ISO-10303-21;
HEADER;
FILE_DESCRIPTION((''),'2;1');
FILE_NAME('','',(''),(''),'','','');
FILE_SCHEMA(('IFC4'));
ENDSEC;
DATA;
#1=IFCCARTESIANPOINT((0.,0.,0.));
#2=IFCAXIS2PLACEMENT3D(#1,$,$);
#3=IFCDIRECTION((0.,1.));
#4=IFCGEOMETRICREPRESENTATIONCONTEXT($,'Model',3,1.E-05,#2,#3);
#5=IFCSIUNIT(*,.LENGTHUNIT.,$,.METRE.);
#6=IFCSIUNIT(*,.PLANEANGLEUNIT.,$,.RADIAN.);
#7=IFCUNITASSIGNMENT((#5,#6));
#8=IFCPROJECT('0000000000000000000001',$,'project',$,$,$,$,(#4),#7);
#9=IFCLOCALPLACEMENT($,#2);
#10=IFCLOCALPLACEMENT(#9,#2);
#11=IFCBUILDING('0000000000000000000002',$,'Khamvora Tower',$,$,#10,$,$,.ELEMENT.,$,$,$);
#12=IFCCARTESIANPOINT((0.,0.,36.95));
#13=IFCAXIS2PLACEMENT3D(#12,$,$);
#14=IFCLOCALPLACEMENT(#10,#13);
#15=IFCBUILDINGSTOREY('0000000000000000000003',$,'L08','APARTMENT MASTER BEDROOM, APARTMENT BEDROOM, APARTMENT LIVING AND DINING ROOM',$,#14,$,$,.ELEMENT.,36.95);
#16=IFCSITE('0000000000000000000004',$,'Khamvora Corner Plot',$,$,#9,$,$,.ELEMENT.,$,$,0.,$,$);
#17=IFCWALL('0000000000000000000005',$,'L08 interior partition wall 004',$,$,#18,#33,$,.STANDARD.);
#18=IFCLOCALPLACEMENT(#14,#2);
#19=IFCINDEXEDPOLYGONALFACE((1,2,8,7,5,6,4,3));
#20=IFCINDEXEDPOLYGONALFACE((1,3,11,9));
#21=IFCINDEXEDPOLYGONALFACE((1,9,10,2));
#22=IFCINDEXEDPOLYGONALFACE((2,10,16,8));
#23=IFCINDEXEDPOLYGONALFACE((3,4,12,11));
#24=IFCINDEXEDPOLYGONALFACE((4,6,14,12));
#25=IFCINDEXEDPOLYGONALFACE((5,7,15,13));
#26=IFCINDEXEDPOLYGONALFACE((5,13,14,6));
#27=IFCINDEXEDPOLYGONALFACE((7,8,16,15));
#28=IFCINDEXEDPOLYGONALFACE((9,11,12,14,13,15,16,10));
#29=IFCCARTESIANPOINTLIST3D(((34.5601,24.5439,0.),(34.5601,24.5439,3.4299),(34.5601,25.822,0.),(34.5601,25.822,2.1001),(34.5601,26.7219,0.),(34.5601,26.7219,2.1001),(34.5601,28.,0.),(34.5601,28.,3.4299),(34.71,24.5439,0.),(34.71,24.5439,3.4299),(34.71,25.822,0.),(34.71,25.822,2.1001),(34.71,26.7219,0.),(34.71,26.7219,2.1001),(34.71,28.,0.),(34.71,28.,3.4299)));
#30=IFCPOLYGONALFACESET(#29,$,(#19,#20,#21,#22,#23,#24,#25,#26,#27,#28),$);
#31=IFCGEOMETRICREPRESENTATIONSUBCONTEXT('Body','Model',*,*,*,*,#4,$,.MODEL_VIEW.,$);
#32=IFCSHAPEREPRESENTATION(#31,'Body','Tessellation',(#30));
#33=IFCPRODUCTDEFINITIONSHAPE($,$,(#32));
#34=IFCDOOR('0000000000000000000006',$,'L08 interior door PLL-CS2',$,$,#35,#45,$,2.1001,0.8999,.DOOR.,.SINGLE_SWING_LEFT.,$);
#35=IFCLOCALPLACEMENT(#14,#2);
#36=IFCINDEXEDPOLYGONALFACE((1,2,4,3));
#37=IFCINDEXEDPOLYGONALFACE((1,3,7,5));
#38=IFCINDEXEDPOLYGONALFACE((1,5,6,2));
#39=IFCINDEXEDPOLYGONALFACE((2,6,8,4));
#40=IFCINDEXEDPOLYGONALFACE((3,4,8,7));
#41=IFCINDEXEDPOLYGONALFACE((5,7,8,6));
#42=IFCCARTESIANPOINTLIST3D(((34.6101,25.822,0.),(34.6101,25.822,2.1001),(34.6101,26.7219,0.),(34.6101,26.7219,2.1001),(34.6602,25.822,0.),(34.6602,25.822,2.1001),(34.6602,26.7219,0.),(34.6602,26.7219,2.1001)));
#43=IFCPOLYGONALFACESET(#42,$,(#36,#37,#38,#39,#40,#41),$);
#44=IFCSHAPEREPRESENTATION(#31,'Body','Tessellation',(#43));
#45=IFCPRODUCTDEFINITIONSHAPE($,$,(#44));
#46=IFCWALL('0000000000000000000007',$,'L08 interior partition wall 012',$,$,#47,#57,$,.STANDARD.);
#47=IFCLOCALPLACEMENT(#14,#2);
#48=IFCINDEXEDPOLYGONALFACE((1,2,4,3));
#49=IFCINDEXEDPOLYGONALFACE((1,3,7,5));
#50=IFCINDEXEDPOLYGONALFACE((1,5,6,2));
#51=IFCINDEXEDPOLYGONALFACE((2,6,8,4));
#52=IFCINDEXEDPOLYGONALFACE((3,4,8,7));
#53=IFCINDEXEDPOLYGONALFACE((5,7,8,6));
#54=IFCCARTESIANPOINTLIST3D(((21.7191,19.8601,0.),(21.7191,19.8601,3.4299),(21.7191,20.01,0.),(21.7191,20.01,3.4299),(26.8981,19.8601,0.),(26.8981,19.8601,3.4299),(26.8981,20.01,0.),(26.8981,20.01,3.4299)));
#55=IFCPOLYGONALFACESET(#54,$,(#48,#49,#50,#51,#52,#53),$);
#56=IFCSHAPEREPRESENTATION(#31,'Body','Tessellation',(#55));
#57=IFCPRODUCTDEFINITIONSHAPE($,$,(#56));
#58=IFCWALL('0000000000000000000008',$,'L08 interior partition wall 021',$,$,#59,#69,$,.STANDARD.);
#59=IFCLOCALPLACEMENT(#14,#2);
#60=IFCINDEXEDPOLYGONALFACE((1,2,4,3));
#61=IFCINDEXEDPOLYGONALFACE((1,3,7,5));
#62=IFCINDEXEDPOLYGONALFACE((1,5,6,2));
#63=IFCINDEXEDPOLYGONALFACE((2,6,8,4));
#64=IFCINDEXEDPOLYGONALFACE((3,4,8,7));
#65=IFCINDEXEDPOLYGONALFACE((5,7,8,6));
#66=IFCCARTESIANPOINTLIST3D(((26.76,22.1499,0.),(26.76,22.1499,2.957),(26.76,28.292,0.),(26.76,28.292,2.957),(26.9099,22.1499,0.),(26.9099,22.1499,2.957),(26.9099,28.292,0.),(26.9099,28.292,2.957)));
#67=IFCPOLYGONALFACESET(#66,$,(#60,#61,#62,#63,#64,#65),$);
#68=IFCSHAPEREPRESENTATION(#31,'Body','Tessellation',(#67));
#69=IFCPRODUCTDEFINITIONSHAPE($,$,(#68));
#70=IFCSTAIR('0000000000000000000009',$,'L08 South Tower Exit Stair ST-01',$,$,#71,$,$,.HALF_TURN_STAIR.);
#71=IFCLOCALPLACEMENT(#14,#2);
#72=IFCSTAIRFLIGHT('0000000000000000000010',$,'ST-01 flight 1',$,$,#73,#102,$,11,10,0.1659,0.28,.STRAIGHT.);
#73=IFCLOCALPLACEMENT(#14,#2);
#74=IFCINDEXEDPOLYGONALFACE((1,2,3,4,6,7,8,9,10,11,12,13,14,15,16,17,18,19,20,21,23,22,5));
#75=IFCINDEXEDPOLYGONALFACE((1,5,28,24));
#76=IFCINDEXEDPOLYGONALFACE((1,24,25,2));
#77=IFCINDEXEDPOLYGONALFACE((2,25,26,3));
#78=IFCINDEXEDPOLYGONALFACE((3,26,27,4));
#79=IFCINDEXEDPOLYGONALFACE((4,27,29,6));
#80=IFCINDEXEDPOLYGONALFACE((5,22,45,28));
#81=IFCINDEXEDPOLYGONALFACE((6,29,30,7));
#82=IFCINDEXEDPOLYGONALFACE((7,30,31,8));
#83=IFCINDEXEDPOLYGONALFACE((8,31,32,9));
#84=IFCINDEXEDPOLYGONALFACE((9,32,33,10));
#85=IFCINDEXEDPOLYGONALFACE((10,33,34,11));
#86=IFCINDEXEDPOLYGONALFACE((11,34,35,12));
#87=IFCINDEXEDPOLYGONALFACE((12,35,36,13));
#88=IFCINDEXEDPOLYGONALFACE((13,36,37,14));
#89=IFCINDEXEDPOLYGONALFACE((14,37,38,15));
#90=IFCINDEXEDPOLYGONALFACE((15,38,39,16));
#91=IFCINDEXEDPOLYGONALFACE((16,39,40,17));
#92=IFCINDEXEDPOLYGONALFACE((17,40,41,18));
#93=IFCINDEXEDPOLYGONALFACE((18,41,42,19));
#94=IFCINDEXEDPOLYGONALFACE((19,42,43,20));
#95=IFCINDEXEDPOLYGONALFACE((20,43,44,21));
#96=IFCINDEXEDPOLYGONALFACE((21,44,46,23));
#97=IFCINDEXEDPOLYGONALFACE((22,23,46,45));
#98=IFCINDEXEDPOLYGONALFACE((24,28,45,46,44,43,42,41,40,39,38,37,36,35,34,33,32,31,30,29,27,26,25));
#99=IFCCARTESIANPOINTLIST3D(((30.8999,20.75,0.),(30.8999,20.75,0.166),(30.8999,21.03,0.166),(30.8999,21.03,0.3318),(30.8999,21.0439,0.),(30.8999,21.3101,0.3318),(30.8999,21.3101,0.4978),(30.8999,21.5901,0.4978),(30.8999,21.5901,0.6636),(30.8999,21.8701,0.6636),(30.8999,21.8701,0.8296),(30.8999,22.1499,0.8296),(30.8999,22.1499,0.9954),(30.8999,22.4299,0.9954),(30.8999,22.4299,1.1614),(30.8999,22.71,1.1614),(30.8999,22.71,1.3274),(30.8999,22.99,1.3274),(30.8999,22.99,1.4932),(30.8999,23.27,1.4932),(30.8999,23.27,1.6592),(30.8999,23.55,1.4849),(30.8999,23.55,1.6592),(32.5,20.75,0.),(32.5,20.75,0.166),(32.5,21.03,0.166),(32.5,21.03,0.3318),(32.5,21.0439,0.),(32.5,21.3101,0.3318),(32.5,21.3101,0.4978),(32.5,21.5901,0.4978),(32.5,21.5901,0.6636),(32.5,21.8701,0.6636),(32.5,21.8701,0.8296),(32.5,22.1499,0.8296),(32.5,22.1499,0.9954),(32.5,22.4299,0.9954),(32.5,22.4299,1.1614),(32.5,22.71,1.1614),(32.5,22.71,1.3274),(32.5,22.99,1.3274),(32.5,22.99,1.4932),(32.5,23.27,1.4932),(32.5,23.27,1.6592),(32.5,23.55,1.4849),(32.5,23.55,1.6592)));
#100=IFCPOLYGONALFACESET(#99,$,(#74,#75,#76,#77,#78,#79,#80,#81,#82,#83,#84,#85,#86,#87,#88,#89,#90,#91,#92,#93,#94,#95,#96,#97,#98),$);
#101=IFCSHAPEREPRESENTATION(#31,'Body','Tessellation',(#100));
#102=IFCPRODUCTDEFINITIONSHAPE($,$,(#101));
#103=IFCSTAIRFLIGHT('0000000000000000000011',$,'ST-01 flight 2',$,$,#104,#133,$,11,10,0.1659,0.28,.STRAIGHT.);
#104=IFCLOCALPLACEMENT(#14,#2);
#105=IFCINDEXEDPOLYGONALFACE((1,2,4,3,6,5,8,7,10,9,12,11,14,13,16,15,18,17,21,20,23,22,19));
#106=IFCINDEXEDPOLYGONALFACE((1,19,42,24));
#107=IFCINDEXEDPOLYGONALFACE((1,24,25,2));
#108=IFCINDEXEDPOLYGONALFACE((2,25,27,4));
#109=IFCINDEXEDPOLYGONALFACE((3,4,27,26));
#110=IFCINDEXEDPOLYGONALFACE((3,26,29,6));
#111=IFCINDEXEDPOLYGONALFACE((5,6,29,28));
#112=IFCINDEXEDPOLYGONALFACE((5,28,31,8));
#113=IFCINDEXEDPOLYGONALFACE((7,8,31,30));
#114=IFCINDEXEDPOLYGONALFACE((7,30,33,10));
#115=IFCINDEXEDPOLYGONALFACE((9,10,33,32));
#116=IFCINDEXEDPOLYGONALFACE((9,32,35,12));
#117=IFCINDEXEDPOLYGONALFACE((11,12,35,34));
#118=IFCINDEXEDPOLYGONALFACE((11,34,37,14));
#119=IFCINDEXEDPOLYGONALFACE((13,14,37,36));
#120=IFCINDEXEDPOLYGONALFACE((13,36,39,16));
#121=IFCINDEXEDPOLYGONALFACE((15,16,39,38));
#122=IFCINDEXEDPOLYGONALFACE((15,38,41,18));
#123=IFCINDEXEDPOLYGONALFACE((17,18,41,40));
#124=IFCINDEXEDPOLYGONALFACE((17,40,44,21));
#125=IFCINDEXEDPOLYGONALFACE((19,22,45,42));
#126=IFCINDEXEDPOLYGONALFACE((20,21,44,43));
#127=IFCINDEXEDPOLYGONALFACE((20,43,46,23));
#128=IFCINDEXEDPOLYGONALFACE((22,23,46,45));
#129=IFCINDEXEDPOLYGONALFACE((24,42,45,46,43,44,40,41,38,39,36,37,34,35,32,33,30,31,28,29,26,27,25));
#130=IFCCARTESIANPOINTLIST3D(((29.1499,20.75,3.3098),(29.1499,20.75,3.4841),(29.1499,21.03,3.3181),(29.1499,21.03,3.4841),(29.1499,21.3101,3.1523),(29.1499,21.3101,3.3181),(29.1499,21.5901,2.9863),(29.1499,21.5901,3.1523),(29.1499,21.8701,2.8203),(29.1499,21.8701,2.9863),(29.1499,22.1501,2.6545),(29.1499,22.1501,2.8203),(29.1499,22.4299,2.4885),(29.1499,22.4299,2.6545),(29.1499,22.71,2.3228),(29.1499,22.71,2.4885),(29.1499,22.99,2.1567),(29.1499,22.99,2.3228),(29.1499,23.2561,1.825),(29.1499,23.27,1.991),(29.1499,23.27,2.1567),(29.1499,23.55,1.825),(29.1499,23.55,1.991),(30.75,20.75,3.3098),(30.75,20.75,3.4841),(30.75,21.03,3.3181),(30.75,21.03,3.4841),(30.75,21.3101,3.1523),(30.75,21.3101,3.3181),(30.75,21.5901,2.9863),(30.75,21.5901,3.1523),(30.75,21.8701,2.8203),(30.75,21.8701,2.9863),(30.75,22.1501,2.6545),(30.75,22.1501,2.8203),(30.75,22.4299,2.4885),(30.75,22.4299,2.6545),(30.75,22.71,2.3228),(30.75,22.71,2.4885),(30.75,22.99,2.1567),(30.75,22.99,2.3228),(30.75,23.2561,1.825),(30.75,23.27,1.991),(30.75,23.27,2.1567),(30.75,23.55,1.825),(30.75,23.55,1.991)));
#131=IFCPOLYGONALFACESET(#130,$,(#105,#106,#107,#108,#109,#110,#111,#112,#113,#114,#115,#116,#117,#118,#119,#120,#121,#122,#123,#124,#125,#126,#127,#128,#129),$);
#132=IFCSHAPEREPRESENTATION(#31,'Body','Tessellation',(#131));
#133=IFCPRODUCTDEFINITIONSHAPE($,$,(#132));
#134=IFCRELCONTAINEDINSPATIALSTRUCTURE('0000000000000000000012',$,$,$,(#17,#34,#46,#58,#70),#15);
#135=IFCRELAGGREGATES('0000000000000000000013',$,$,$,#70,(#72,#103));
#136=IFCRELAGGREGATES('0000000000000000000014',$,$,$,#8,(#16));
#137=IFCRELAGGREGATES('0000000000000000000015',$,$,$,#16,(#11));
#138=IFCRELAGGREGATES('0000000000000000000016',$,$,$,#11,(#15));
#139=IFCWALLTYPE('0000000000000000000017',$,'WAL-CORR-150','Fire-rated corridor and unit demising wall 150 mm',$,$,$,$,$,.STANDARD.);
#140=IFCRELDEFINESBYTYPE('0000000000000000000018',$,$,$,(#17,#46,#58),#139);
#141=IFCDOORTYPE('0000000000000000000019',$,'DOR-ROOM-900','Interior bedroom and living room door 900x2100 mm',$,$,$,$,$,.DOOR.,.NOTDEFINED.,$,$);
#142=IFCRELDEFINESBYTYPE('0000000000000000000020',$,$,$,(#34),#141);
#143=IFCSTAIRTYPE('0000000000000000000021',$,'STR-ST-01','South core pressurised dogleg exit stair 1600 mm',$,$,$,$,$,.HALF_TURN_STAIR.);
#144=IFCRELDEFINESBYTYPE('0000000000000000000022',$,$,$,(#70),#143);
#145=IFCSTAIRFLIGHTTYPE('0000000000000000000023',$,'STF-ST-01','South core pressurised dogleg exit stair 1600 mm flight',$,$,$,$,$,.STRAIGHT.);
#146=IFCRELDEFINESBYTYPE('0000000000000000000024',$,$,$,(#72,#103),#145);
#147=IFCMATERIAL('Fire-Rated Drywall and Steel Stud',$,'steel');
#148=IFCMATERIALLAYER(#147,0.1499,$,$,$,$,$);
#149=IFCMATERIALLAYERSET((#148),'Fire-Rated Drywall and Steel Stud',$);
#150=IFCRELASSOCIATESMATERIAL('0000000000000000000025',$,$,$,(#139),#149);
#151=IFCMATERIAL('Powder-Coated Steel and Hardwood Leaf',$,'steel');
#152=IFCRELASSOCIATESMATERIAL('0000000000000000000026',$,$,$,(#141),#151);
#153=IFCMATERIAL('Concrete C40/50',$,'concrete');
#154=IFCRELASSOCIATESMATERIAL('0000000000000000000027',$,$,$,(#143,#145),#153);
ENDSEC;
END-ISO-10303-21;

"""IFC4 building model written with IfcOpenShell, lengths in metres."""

from ifc_helpers import new_model, si_unit, direction, frame, frame_2d, origin, place, context, subcontext, project, spatial, polyline, rectangle, outline, extrude, material, layer, layer_set, type_object, element, fill, aggregate, save


model = new_model("IFC4")

# Units and contexts
model_context = context("Model", 3, precision=1e-05, world=origin(), true_north=direction((0.0, 1.0)))
body_context = subcontext(model_context, "Body", "Model", "MODEL_VIEW")
ifc_project = project(units=[si_unit("LENGTHUNIT", "METRE"), si_unit("PLANEANGLEUNIT", "RADIAN")], contexts=[model_context])

# Site, building, storey
site_placement = place(None, origin())
site = spatial("IfcSite", under=ifc_project, at=site_placement, Name="Khamvora Corner Plot", CompositionType="ELEMENT", RefElevation=0.0)
building_placement = place(site_placement, origin())
building = spatial("IfcBuilding", under=site, at=building_placement, Name="Khamvora Tower", CompositionType="ELEMENT")
storey_placement = place(building_placement, frame((0.0, 0.0, 36.95)))
storey = spatial("IfcBuildingStorey", under=building, at=storey_placement, Name="L08", Description="APARTMENT MASTER BEDROOM, APARTMENT BEDROOM, APARTMENT LIVING AND DINING ROOM", CompositionType="ELEMENT", Elevation=36.95)

# Wall, opening, door
ifc_material_1 = material(Name="Powder-Coated Steel and Hardwood Leaf", Category="steel")
ifc_material_2 = material(Name="Fire-Rated Drywall and Steel Stud", Category="steel")
ifc_layer_1 = layer(ifc_material_2, 0.1499)
ifc_layer_set_1 = layer_set([ifc_layer_1], Name="Fire-Rated Drywall and Steel Stud")
wall_type_1 = type_object("IfcWallType", Name="WAL-CORR-150", Description="Fire-rated corridor and unit demising wall 150 mm", PredefinedType="STANDARD", material=ifc_layer_set_1)
wall_1_placement = place(storey_placement, frame((34.635, 24.5439, 0.0), z_axis=(0.0, 0.0, 1.0), x_axis=(0.0, 1.0, 0.0)))
wall_1 = element("IfcWall", 1, at=wall_1_placement, inside=storey, type_object=wall_type_1, Name="L08 interior partition wall 004", PredefinedType="STANDARD", context=body_context, shape_type="SweptSolid", body=[
    extrude(rectangle(XDim=3.4561, YDim=0.1499, at=frame_2d((1.728, 0.0))), origin(), (0.0, 0.0, 1.0), 3.4299),
])
opening_1_placement = place(wall_1_placement, frame((1.2781, 0.0, 0.0)))
opening_1 = element("IfcOpeningElement", 2, at=opening_1_placement, cuts=wall_1, PredefinedType="OPENING", context=body_context, shape_type="SweptSolid", body=[
    extrude(rectangle(XDim=0.8999, YDim=2.1001, at=frame_2d((0.45, 1.05))), frame((0.0, 0.085, 0.0), z_axis=(0.0, -1.0, 0.0), x_axis=(1.0, 0.0, 0.0)), (0.0, 0.0, 1.0), 0.1699),
])
door_type_1 = type_object("IfcDoorType", Name="DOR-ROOM-900", Description="Interior bedroom and living room door 900x2100 mm", OperationType="NOTDEFINED", PredefinedType="DOOR", material=ifc_material_1)
door_1_placement = place(opening_1_placement, origin())
door_1 = element("IfcDoor", 3, at=door_1_placement, inside=storey, type_object=door_type_1, Name="L08 interior door PLL-CS2", OperationType="SINGLE_SWING_LEFT", OverallHeight=2.1001, OverallWidth=0.8999, PredefinedType="DOOR", context=body_context, shape_type="SweptSolid", body=[
    extrude(rectangle(XDim=0.8999, YDim=2.1001, at=frame_2d((0.45, 1.05))), frame((0.0, 0.0249, 0.0), z_axis=(0.0, -1.0, 0.0), x_axis=(1.0, 0.0, 0.0)), (0.0, 0.0, 1.0), 0.05),
])
fill(opening_1, door_1)

# Walls
wall_2_placement = place(storey_placement, frame((26.8979, 19.9351, 0.0), z_axis=(0.0, 0.0, 1.0), x_axis=(-1.0, 0.0, 0.0)))
element("IfcWall", 4, at=wall_2_placement, inside=storey, type_object=wall_type_1, Name="L08 interior partition wall 012", PredefinedType="STANDARD", context=body_context, shape_type="SweptSolid", body=[
    extrude(rectangle(XDim=5.179, YDim=0.1499, at=frame_2d((2.5894, 0.0))), origin(), (0.0, 0.0, 1.0), 3.4299),
])
wall_3_placement = place(storey_placement, frame((26.835, 22.1499, 0.0), z_axis=(0.0, 0.0, 1.0), x_axis=(0.0, 1.0, 0.0)))
element("IfcWall", 5, at=wall_3_placement, inside=storey, type_object=wall_type_1, Name="L08 interior partition wall 021", PredefinedType="STANDARD", context=body_context, shape_type="SweptSolid", body=[
    extrude(rectangle(XDim=6.1421, YDim=0.1499, at=frame_2d((3.071, 0.0))), origin(), (0.0, 0.0, 1.0), 2.957),
])

# Stair, stair flights
ifc_material_3 = material(Name="Concrete C40/50", Category="concrete")
stair_type = type_object("IfcStairType", Name="STR-ST-01", Description="South core pressurised dogleg exit stair 1600 mm", PredefinedType="HALF_TURN_STAIR", material=ifc_material_3)
stair_placement = place(storey_placement, origin())
stair = element("IfcStair", 6, at=stair_placement, inside=storey, type_object=stair_type, Name="L08 South Tower Exit Stair ST-01", PredefinedType="HALF_TURN_STAIR")
stair_flight_type = type_object("IfcStairFlightType", Name="STF-ST-01", Description="South core pressurised dogleg exit stair 1600 mm flight", PredefinedType="STRAIGHT", material=ifc_material_3)
stair_flight_1_placement = place(storey_placement, frame((31.7, 20.75, 0.0), z_axis=(0.0, 0.0, 1.0), x_axis=(0.0, 1.0, 0.0)))
stair_flight_1 = element("IfcStairFlight", 7, at=stair_flight_1_placement, type_object=stair_flight_type, Name="ST-01 flight 1", NumberOfRisers=11, NumberOfTreads=10, PredefinedType="STRAIGHT", RiserHeight=0.1659, TreadLength=0.28, context=body_context, shape_type="SweptSolid", body=[
    extrude(outline(polyline([(0.0, 0.0), (0.0, 0.166), (0.28, 0.166), (0.28, 0.3318), (0.5601, 0.3318), (0.5601, 0.4978), (0.8401, 0.4978), (0.8401, 0.6636), (1.1201, 0.6636), (1.1201, 0.8296), (1.3999, 0.8296), (1.3999, 0.9954), (1.6799, 0.9954), (1.6799, 1.1614), (1.96, 1.1614), (1.96, 1.3274), (2.24, 1.3274), (2.24, 1.4932), (2.52, 1.4932), (2.52, 1.6592), (2.8, 1.6592), (2.8, 1.825), (2.8, 1.4849), (0.2939, 0.0), (0.0, 0.0)])), frame((0.0, 0.8, 0.0), z_axis=(0.0, -1.0, 0.0), x_axis=(1.0, 0.0, 0.0)), (0.0, 0.0, 1.0), 1.6001),
])
stair_flight_2_placement = place(storey_placement, frame((29.95, 23.55, 1.825), z_axis=(0.0, 0.0, 1.0), x_axis=(0.0, -1.0, 0.0)))
stair_flight_2 = element("IfcStairFlight", 8, at=stair_flight_2_placement, type_object=stair_flight_type, Name="ST-01 flight 2", NumberOfRisers=11, NumberOfTreads=10, PredefinedType="STRAIGHT", RiserHeight=0.1659, TreadLength=0.28, context=body_context, shape_type="SweptSolid", body=[
    extrude(outline(polyline([(0.0, 0.0), (0.0, 0.166), (0.28, 0.166), (0.28, 0.3318), (0.5601, 0.3318), (0.5601, 0.4978), (0.8401, 0.4978), (0.8401, 0.6636), (1.1201, 0.6636), (1.1201, 0.8296), (1.3999, 0.8296), (1.3999, 0.9954), (1.6799, 0.9954), (1.6799, 1.1614), (1.96, 1.1614), (1.96, 1.3274), (2.24, 1.3274), (2.24, 1.4932), (2.52, 1.4932), (2.52, 1.6592), (2.8, 1.6592), (2.8, 1.825), (2.8, 1.4849), (0.2939, 0.0), (0.0, 0.0)])), frame((0.0, 0.8, 0.0), z_axis=(0.0, -1.0, 0.0), x_axis=(1.0, 0.0, 0.0)), (0.0, 0.0, 1.0), 1.6001),
])
aggregate(stair, [stair_flight_1, stair_flight_2])

save(model, "model.ifc")
